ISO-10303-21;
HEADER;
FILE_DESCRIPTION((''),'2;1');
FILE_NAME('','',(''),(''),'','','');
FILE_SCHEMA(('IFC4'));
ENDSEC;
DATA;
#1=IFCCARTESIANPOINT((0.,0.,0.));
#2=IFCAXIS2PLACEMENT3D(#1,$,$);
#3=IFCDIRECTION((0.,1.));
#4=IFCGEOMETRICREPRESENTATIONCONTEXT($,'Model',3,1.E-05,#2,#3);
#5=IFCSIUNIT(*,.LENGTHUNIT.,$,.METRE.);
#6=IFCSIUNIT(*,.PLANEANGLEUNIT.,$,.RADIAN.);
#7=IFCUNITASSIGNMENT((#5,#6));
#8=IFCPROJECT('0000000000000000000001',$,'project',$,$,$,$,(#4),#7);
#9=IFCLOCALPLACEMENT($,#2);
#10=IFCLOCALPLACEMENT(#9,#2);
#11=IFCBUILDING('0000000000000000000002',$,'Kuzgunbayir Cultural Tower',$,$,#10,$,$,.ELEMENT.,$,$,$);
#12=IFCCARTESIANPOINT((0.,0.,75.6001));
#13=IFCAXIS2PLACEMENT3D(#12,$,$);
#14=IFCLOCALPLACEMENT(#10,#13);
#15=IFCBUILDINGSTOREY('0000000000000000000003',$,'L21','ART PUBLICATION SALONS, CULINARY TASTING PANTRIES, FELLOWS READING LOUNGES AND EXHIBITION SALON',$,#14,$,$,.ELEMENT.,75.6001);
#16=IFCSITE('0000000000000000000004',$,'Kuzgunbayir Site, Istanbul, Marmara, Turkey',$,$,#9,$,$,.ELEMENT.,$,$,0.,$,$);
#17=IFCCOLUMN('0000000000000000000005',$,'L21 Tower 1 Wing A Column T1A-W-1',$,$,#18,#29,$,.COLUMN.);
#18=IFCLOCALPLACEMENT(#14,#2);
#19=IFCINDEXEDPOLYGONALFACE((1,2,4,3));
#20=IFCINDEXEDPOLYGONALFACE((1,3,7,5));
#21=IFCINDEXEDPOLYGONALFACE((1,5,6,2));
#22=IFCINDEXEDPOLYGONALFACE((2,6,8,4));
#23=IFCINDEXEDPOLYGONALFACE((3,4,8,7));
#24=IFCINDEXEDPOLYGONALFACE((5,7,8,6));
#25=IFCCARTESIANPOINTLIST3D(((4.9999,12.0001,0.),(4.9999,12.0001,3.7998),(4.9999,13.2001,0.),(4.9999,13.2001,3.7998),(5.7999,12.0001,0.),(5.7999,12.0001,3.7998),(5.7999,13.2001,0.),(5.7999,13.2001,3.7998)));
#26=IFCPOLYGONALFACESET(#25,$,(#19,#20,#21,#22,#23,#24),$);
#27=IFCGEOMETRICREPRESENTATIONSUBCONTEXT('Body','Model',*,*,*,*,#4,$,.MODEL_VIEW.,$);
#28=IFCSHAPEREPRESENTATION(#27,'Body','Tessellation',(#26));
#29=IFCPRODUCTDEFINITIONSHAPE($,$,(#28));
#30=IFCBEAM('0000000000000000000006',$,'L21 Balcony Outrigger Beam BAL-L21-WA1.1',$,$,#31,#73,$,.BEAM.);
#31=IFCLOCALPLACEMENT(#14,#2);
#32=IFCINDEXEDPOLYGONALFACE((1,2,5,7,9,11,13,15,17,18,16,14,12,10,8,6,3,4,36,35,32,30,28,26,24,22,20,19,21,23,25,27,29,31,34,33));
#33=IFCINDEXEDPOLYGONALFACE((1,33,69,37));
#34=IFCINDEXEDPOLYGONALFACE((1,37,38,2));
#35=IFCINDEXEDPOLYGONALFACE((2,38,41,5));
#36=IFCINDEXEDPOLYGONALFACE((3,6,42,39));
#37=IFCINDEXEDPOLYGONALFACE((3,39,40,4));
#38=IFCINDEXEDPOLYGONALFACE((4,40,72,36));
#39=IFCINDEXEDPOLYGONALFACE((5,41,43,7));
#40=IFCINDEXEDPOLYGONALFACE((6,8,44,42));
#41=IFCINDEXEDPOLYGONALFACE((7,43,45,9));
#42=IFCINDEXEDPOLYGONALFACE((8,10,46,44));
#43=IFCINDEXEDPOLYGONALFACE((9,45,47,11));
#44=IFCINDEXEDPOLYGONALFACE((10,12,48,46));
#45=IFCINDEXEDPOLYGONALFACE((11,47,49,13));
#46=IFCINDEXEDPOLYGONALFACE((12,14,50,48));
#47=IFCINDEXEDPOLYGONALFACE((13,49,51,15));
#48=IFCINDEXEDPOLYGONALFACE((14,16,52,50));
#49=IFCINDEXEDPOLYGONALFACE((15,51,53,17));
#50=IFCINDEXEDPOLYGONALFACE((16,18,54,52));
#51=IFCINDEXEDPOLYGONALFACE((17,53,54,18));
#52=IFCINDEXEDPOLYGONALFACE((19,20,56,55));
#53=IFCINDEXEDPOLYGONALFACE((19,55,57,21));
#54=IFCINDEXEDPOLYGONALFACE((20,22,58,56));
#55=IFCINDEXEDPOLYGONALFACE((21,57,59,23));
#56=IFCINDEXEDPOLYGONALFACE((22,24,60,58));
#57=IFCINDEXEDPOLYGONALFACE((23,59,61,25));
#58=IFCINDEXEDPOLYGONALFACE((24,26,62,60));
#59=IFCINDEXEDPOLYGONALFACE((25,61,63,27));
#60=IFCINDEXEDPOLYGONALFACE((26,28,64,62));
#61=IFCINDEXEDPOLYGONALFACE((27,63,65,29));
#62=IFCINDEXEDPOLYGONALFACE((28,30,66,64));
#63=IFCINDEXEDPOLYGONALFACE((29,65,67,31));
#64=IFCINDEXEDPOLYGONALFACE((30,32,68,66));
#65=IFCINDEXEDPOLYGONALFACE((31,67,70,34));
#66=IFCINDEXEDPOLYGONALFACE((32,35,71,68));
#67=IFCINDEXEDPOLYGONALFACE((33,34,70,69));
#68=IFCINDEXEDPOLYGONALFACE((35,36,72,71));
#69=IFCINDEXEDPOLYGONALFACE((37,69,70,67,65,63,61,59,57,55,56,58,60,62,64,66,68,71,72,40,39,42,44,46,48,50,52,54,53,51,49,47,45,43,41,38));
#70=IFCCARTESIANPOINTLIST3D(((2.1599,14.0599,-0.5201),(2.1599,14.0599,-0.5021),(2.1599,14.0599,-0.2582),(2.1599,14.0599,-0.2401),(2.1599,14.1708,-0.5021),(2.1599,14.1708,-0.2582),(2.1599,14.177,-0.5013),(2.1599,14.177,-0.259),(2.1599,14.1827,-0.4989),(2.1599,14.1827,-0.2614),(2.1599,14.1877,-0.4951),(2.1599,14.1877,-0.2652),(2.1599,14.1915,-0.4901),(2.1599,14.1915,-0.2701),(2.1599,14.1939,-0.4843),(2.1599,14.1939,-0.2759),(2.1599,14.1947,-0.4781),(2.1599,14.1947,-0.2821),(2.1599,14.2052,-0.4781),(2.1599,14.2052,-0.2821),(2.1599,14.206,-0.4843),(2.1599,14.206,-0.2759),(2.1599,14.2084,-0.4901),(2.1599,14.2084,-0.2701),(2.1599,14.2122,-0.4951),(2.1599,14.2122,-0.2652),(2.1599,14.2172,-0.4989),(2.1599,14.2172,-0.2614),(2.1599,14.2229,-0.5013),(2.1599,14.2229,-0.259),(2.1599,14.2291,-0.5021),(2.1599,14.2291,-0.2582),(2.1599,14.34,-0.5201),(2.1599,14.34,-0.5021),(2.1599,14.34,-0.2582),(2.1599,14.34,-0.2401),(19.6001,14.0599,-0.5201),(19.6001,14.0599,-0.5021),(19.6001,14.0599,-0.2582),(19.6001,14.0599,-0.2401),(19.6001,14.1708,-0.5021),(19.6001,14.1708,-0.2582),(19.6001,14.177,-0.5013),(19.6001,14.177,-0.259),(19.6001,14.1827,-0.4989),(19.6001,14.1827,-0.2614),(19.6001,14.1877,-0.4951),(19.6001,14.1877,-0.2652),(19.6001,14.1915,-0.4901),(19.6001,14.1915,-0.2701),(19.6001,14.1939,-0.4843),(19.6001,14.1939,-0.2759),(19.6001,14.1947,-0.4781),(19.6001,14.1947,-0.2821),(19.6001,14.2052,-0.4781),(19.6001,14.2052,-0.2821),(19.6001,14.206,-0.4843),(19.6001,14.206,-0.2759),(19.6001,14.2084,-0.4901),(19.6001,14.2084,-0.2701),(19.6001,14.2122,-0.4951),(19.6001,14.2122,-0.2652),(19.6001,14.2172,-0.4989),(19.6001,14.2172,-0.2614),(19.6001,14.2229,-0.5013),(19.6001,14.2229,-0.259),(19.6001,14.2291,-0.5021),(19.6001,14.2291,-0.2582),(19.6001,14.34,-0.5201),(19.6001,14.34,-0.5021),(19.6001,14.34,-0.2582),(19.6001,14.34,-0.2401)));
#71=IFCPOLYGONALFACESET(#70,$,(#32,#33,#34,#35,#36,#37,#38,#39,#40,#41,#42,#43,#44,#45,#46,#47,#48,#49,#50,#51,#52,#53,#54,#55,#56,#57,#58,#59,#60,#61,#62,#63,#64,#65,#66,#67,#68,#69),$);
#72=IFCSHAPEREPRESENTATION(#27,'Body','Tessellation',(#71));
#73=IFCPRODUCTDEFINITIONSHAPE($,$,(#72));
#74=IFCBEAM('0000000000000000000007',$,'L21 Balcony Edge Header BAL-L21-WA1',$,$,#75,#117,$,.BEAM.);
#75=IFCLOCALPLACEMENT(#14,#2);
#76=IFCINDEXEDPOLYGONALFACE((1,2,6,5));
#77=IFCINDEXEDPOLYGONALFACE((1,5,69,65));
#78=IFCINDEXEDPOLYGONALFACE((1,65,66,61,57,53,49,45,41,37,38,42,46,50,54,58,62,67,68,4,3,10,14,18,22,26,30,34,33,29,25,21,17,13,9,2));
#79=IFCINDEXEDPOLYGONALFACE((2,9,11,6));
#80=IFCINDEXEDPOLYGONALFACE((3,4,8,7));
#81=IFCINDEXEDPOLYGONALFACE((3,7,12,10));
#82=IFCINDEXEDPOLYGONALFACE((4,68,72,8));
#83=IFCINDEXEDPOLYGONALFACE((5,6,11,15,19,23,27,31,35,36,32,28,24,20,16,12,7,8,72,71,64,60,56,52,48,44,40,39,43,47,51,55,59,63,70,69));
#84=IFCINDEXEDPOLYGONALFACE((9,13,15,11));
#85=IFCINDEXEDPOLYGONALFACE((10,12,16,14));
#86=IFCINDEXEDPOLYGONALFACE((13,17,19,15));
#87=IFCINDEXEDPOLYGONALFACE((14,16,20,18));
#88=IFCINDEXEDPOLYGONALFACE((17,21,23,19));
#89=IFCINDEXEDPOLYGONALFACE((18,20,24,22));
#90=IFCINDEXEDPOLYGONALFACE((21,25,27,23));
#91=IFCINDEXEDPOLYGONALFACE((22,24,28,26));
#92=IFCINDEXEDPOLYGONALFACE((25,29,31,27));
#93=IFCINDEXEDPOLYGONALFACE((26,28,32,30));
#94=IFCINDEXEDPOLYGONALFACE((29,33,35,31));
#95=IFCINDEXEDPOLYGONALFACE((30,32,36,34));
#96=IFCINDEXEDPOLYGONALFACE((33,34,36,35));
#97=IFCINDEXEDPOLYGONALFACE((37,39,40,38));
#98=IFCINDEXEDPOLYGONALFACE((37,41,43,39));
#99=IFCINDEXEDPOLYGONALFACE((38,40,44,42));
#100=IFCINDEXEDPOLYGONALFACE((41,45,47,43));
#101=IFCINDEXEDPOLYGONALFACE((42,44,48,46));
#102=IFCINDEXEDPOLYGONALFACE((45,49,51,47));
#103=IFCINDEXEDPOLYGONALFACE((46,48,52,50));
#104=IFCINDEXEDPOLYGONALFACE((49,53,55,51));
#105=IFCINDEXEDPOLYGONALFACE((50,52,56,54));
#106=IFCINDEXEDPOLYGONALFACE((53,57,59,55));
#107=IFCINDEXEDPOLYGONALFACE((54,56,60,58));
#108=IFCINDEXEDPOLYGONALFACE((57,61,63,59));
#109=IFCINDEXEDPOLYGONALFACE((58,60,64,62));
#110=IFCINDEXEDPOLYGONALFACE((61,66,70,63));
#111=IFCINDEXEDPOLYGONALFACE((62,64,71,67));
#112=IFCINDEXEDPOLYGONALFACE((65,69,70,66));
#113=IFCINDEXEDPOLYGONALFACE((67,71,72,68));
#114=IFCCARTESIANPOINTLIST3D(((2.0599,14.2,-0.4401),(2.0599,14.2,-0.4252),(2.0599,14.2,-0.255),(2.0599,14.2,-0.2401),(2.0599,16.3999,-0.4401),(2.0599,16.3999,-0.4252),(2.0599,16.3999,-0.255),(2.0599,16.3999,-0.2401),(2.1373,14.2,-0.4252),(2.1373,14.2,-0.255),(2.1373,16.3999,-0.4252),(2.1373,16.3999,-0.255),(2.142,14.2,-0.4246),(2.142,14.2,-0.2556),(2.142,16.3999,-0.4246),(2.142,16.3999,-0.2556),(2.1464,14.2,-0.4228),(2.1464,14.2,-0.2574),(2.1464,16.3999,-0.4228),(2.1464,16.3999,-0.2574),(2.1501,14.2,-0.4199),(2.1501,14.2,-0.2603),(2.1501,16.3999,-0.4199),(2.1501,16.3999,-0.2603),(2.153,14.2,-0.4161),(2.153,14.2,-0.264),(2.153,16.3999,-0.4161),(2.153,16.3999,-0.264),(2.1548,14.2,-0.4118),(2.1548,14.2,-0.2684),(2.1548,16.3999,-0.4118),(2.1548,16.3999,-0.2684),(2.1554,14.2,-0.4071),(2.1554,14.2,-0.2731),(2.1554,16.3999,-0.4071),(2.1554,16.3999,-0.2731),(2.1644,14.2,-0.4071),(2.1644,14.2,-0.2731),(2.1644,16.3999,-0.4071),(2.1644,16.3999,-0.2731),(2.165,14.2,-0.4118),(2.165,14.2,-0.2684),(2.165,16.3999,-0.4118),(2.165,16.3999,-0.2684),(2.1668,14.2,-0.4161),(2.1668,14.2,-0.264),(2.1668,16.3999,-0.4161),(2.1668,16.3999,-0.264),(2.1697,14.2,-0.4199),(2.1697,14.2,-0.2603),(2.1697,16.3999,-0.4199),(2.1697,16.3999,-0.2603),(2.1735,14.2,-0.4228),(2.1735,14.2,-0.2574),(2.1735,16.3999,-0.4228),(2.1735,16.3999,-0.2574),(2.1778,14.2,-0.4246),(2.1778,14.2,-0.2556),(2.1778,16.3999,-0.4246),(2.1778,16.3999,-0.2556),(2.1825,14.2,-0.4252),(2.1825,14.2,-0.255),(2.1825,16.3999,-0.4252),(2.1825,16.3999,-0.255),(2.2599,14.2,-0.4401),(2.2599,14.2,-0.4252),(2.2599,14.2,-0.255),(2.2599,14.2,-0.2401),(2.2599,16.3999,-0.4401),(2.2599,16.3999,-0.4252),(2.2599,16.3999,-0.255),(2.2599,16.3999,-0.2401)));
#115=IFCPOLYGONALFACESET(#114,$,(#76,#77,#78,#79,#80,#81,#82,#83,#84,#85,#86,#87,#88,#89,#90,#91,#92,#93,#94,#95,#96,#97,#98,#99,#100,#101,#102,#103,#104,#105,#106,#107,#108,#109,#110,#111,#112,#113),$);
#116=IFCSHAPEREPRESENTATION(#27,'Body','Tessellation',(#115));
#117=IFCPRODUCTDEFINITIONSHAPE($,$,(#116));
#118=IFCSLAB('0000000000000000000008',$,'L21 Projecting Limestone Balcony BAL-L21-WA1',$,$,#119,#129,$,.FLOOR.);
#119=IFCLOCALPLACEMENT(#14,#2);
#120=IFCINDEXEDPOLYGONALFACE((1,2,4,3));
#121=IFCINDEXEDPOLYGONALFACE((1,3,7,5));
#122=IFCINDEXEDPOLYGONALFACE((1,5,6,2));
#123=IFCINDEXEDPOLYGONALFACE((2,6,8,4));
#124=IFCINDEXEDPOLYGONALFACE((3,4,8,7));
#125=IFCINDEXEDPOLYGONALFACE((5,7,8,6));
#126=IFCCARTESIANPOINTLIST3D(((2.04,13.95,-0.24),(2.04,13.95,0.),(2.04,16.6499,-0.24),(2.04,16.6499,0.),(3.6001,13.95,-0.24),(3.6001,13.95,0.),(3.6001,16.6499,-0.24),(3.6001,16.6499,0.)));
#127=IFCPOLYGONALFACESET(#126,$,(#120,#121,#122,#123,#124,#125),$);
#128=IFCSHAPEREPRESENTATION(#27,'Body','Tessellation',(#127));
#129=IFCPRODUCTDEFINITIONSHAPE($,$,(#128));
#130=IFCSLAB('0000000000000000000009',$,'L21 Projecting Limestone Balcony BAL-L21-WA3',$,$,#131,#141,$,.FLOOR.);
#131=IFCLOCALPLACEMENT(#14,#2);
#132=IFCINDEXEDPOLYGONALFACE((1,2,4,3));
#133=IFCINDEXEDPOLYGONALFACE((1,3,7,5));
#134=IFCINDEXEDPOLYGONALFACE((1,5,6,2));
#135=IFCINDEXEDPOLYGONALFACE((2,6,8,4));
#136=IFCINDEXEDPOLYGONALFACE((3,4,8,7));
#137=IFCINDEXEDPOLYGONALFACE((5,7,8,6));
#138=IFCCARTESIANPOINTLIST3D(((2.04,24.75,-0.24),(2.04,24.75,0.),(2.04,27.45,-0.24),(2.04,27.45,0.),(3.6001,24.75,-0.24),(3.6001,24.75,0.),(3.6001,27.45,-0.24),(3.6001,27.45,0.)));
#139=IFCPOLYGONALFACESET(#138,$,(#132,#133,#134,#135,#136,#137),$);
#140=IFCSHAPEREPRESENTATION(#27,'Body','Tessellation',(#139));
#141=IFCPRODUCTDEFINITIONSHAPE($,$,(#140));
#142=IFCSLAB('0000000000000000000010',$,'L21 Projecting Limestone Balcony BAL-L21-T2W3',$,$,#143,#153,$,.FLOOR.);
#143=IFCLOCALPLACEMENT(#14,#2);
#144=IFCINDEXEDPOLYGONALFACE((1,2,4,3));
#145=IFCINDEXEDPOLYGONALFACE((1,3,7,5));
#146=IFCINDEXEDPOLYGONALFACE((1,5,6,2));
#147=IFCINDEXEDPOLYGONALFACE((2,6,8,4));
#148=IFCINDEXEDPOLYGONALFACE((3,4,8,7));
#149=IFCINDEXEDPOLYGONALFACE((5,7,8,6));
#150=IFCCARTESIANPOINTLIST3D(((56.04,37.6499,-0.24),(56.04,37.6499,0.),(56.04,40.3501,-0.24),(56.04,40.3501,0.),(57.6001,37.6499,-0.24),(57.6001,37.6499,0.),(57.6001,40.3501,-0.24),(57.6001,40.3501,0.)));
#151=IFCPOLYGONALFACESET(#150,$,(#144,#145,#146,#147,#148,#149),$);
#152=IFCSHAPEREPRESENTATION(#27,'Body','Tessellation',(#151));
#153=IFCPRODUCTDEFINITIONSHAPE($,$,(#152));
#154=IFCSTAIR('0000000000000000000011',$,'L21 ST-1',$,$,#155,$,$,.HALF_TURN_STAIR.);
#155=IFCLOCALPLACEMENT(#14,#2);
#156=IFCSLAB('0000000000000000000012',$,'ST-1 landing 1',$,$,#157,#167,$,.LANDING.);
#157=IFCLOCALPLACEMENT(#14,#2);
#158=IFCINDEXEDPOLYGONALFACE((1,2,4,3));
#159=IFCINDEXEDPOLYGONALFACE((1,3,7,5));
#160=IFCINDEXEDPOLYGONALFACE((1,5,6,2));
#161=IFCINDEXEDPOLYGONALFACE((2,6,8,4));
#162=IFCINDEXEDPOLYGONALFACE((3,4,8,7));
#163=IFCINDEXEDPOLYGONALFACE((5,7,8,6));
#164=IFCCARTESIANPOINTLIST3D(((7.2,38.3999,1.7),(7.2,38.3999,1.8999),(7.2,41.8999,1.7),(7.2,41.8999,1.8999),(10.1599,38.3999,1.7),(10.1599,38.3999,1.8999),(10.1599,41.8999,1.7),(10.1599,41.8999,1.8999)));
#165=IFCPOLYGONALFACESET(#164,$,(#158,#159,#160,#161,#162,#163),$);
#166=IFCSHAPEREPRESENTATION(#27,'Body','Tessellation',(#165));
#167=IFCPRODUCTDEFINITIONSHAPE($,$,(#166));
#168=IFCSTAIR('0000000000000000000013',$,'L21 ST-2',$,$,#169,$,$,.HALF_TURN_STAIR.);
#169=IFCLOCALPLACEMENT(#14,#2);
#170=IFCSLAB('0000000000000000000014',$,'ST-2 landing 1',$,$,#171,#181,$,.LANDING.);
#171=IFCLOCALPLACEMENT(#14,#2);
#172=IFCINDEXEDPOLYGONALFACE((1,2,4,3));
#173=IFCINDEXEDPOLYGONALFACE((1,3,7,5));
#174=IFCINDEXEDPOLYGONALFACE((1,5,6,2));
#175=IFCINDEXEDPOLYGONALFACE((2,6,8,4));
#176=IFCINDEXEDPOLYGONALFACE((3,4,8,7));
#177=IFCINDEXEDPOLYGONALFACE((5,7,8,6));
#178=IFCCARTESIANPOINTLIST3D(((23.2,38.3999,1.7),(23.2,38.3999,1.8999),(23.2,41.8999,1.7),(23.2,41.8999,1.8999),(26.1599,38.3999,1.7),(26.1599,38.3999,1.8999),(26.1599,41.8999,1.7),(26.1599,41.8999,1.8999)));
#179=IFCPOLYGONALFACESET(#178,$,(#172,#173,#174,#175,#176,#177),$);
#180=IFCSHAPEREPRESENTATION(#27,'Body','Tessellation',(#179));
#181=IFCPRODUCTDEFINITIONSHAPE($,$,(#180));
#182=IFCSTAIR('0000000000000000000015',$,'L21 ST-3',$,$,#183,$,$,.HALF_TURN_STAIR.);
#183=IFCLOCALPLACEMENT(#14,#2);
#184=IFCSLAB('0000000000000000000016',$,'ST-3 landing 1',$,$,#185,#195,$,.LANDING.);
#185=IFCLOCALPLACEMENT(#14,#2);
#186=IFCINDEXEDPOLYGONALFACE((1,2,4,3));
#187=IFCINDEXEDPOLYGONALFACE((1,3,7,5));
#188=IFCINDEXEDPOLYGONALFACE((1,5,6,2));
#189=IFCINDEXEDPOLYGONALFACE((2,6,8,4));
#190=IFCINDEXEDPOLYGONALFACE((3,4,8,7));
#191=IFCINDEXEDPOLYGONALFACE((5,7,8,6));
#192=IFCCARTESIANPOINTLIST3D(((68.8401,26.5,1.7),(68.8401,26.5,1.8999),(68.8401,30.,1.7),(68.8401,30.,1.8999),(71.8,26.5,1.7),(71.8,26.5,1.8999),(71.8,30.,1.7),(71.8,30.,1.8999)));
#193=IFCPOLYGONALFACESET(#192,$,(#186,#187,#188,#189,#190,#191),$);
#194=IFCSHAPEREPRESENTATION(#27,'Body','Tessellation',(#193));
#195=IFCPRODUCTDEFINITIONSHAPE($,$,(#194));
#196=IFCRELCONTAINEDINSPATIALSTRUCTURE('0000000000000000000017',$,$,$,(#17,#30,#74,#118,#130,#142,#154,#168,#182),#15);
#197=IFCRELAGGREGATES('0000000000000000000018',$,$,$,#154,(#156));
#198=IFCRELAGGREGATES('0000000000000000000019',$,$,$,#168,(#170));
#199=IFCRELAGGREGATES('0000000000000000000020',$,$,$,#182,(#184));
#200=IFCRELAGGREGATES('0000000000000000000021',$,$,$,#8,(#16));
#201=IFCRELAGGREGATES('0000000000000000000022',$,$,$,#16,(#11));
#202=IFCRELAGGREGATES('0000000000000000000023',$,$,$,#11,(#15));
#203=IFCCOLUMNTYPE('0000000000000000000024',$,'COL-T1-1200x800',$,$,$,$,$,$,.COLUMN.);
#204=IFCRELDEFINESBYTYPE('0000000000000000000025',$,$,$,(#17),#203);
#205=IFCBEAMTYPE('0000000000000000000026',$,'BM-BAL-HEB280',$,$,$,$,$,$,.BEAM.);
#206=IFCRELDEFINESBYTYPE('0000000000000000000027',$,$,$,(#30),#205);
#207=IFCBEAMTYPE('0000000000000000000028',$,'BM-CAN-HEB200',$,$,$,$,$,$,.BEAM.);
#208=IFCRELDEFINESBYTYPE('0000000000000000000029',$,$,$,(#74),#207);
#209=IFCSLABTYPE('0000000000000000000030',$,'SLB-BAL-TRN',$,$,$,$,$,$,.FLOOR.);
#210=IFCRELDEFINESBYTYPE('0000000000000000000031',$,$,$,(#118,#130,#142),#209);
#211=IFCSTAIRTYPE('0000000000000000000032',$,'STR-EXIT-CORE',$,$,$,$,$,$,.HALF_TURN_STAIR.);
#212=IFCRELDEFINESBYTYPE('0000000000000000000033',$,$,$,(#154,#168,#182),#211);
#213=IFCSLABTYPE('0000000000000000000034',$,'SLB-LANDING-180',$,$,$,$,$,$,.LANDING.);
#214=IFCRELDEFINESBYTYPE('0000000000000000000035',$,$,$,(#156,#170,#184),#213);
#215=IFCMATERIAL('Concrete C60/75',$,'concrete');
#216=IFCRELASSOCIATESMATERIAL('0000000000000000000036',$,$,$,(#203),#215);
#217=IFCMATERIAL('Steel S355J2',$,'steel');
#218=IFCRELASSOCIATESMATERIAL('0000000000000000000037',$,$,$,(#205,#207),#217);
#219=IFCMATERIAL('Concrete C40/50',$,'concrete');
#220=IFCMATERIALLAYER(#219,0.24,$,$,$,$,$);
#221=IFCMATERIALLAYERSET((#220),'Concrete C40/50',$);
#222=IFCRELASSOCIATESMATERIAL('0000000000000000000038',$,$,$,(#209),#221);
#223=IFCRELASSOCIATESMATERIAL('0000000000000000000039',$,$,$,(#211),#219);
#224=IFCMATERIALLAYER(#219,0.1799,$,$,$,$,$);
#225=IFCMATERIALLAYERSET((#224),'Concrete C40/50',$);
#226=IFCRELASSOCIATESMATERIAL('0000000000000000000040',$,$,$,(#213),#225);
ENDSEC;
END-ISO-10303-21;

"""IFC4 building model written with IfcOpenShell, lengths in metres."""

from ifc_helpers import new_model, si_unit, direction, frame, origin, origin_2d, place, context, subcontext, project, spatial, polyline, rectangle, i_section, outline, extrude, material, layer, layer_set, material_profile, profile_set, type_object, element, aggregate, save


model = new_model("IFC4")

# Units and contexts
model_context = context("Model", 3, precision=1e-05, world=origin(), true_north=direction((0.0, 1.0)))
body_context = subcontext(model_context, "Body", "Model", "MODEL_VIEW")
ifc_project = project(units=[si_unit("LENGTHUNIT", "METRE"), si_unit("PLANEANGLEUNIT", "RADIAN")], contexts=[model_context])

# Site, building, storey
site_placement = place(None, origin())
site = spatial("IfcSite", under=ifc_project, at=site_placement, Name="Kuzgunbayir Site, Istanbul, Marmara, Turkey", CompositionType="ELEMENT", RefElevation=0.0)
building_placement = place(site_placement, origin())
building = spatial("IfcBuilding", under=site, at=building_placement, Name="Kuzgunbayir Cultural Tower", CompositionType="ELEMENT")
storey_placement = place(building_placement, frame((0.0, 0.0, 75.6001)))
storey = spatial("IfcBuildingStorey", under=building, at=storey_placement, Name="L21", Description="ART PUBLICATION SALONS, CULINARY TASTING PANTRIES, FELLOWS READING LOUNGES AND EXHIBITION SALON", CompositionType="ELEMENT", Elevation=75.6001)

# Column
ifc_material_1 = material(Name="Concrete C60/75", Category="concrete")
ifc_material_profile_1 = material_profile(ifc_material_1, rectangle(XDim=0.8, YDim=1.2, at=origin_2d()), Name="RC 1200x800")
ifc_profile_set_1 = profile_set([ifc_material_profile_1], Name="Concrete C60/75")
column_type = type_object("IfcColumnType", Name="COL-T1-1200x800", PredefinedType="COLUMN", material=ifc_profile_set_1)
column_placement = place(storey_placement, frame((5.3999, 12.6001, 0.0), z_axis=(0.0, 0.0, 1.0), x_axis=(1.0, 0.0, 0.0)))
element("IfcColumn", 1, at=column_placement, inside=storey, type_object=column_type, Name="L21 Tower 1 Wing A Column T1A-W-1", PredefinedType="COLUMN", context=body_context, shape_type="SweptSolid", body=[
    extrude(rectangle(XDim=0.8, YDim=1.2, at=origin_2d()), origin(), (0.0, 0.0, 1.0), 3.7998),
])

# Beams
ifc_material_2 = material(Name="Steel S355J2", Category="steel")
ifc_material_profile_2 = material_profile(ifc_material_2, i_section(OverallWidth=0.28, OverallDepth=0.28, WebThickness=0.0105, FlangeThickness=0.0181, FilletRadius=0.0239, at=origin_2d()), Name="HEB 280")
ifc_profile_set_2 = profile_set([ifc_material_profile_2], Name="Steel S355J2")
beam_type_1 = type_object("IfcBeamType", Name="BM-BAL-HEB280", PredefinedType="BEAM", material=ifc_profile_set_2)
beam_1_placement = place(storey_placement, frame((2.1599, 14.2, -0.3801), z_axis=(1.0, 0.0, 0.0), x_axis=(0.0, 1.0, 0.0)))
element("IfcBeam", 2, at=beam_1_placement, inside=storey, type_object=beam_type_1, Name="L21 Balcony Outrigger Beam BAL-L21-WA1.1", PredefinedType="BEAM", context=body_context, shape_type="SweptSolid", body=[
    extrude(i_section(OverallWidth=0.28, OverallDepth=0.28, WebThickness=0.0105, FlangeThickness=0.0181, FilletRadius=0.0239, at=origin_2d()), origin(), (0.0, 0.0, 1.0), 17.4402),
])
ifc_material_profile_3 = material_profile(ifc_material_2, i_section(OverallWidth=0.2, OverallDepth=0.2, WebThickness=0.009, FlangeThickness=0.0149, FilletRadius=0.0181, at=origin_2d()), Name="HEB 200")
ifc_profile_set_3 = profile_set([ifc_material_profile_3], Name="Steel S355J2")
beam_type_2 = type_object("IfcBeamType", Name="BM-CAN-HEB200", PredefinedType="BEAM", material=ifc_profile_set_3)
beam_2_placement = place(storey_placement, frame((2.1599, 14.2, -0.3401), z_axis=(0.0, 1.0, 0.0), x_axis=(-1.0, 0.0, 0.0)))
element("IfcBeam", 3, at=beam_2_placement, inside=storey, type_object=beam_type_2, Name="L21 Balcony Edge Header BAL-L21-WA1", PredefinedType="BEAM", context=body_context, shape_type="SweptSolid", body=[
    extrude(i_section(OverallWidth=0.2, OverallDepth=0.2, WebThickness=0.009, FlangeThickness=0.0149, FilletRadius=0.0181, at=origin_2d()), origin(), (0.0, 0.0, 1.0), 2.2),
])

# Slabs
ifc_material_3 = material(Name="Concrete C40/50", Category="concrete")
ifc_layer_1 = layer(ifc_material_3, 0.24)
ifc_layer_set_1 = layer_set([ifc_layer_1], Name="Concrete C40/50")
slab_type_1 = type_object("IfcSlabType", Name="SLB-BAL-TRN", PredefinedType="FLOOR", material=ifc_layer_set_1)
slab_1_placement = place(storey_placement, frame((0.0, 0.0, -0.24)))
element("IfcSlab", 4, at=slab_1_placement, inside=storey, type_object=slab_type_1, Name="L21 Projecting Limestone Balcony BAL-L21-WA1", PredefinedType="FLOOR", context=body_context, shape_type="SweptSolid", body=[
    extrude(outline(polyline([(2.04, 13.95), (3.6001, 13.95), (3.6001, 16.6499), (2.04, 16.6499), (2.04, 13.95)])), origin(), (0.0, 0.0, 1.0), 0.24),
])
slab_2_placement = place(storey_placement, frame((0.0, 0.0, -0.24)))
element("IfcSlab", 5, at=slab_2_placement, inside=storey, type_object=slab_type_1, Name="L21 Projecting Limestone Balcony BAL-L21-WA3", PredefinedType="FLOOR", context=body_context, shape_type="SweptSolid", body=[
    extrude(outline(polyline([(2.04, 24.75), (3.6001, 24.75), (3.6001, 27.45), (2.04, 27.45), (2.04, 24.75)])), origin(), (0.0, 0.0, 1.0), 0.24),
])
slab_3_placement = place(storey_placement, frame((0.0, 0.0, -0.24)))
element("IfcSlab", 6, at=slab_3_placement, inside=storey, type_object=slab_type_1, Name="L21 Projecting Limestone Balcony BAL-L21-T2W3", PredefinedType="FLOOR", context=body_context, shape_type="SweptSolid", body=[
    extrude(outline(polyline([(56.04, 37.6499), (57.6001, 37.6499), (57.6001, 40.3501), (56.04, 40.3501), (56.04, 37.6499)])), origin(), (0.0, 0.0, 1.0), 0.24),
])

# Stairs, slabs
stair_type = type_object("IfcStairType", Name="STR-EXIT-CORE", PredefinedType="HALF_TURN_STAIR", material=ifc_material_3)
stair_1_placement = place(storey_placement, origin())
stair_1 = element("IfcStair", 7, at=stair_1_placement, inside=storey, type_object=stair_type, Name="L21 ST-1", PredefinedType="HALF_TURN_STAIR")
ifc_layer_2 = layer(ifc_material_3, 0.1799)
ifc_layer_set_2 = layer_set([ifc_layer_2], Name="Concrete C40/50")
slab_type_2 = type_object("IfcSlabType", Name="SLB-LANDING-180", PredefinedType="LANDING", material=ifc_layer_set_2)
slab_4_placement = place(storey_placement, frame((0.0, 0.0, 1.7)))
slab_4 = element("IfcSlab", 8, at=slab_4_placement, type_object=slab_type_2, Name="ST-1 landing 1", PredefinedType="LANDING", context=body_context, shape_type="SweptSolid", body=[
    extrude(outline(polyline([(10.1599, 38.3999), (10.1599, 41.8999), (7.2, 41.8999), (7.2, 38.3999), (10.1599, 38.3999)])), origin(), (0.0, 0.0, 1.0), 0.2),
])
aggregate(stair_1, [slab_4])
stair_2_placement = place(storey_placement, origin())
stair_2 = element("IfcStair", 9, at=stair_2_placement, inside=storey, type_object=stair_type, Name="L21 ST-2", PredefinedType="HALF_TURN_STAIR")
slab_5_placement = place(storey_placement, frame((0.0, 0.0, 1.7)))
slab_5 = element("IfcSlab", 10, at=slab_5_placement, type_object=slab_type_2, Name="ST-2 landing 1", PredefinedType="LANDING", context=body_context, shape_type="SweptSolid", body=[
    extrude(outline(polyline([(26.1599, 38.3999), (26.1599, 41.8999), (23.2, 41.8999), (23.2, 38.3999), (26.1599, 38.3999)])), origin(), (0.0, 0.0, 1.0), 0.2),
])
aggregate(stair_2, [slab_5])
stair_3_placement = place(storey_placement, origin())
stair_3 = element("IfcStair", 11, at=stair_3_placement, inside=storey, type_object=stair_type, Name="L21 ST-3", PredefinedType="HALF_TURN_STAIR")
slab_6_placement = place(storey_placement, frame((0.0, 0.0, 1.7)))
slab_6 = element("IfcSlab", 12, at=slab_6_placement, type_object=slab_type_2, Name="ST-3 landing 1", PredefinedType="LANDING", context=body_context, shape_type="SweptSolid", body=[
    extrude(outline(polyline([(71.8, 26.5), (71.8, 30.0), (68.8401, 30.0), (68.8401, 26.5), (71.8, 26.5)])), origin(), (0.0, 0.0, 1.0), 0.2),
])
aggregate(stair_3, [slab_6])

save(model, "model.ifc")
